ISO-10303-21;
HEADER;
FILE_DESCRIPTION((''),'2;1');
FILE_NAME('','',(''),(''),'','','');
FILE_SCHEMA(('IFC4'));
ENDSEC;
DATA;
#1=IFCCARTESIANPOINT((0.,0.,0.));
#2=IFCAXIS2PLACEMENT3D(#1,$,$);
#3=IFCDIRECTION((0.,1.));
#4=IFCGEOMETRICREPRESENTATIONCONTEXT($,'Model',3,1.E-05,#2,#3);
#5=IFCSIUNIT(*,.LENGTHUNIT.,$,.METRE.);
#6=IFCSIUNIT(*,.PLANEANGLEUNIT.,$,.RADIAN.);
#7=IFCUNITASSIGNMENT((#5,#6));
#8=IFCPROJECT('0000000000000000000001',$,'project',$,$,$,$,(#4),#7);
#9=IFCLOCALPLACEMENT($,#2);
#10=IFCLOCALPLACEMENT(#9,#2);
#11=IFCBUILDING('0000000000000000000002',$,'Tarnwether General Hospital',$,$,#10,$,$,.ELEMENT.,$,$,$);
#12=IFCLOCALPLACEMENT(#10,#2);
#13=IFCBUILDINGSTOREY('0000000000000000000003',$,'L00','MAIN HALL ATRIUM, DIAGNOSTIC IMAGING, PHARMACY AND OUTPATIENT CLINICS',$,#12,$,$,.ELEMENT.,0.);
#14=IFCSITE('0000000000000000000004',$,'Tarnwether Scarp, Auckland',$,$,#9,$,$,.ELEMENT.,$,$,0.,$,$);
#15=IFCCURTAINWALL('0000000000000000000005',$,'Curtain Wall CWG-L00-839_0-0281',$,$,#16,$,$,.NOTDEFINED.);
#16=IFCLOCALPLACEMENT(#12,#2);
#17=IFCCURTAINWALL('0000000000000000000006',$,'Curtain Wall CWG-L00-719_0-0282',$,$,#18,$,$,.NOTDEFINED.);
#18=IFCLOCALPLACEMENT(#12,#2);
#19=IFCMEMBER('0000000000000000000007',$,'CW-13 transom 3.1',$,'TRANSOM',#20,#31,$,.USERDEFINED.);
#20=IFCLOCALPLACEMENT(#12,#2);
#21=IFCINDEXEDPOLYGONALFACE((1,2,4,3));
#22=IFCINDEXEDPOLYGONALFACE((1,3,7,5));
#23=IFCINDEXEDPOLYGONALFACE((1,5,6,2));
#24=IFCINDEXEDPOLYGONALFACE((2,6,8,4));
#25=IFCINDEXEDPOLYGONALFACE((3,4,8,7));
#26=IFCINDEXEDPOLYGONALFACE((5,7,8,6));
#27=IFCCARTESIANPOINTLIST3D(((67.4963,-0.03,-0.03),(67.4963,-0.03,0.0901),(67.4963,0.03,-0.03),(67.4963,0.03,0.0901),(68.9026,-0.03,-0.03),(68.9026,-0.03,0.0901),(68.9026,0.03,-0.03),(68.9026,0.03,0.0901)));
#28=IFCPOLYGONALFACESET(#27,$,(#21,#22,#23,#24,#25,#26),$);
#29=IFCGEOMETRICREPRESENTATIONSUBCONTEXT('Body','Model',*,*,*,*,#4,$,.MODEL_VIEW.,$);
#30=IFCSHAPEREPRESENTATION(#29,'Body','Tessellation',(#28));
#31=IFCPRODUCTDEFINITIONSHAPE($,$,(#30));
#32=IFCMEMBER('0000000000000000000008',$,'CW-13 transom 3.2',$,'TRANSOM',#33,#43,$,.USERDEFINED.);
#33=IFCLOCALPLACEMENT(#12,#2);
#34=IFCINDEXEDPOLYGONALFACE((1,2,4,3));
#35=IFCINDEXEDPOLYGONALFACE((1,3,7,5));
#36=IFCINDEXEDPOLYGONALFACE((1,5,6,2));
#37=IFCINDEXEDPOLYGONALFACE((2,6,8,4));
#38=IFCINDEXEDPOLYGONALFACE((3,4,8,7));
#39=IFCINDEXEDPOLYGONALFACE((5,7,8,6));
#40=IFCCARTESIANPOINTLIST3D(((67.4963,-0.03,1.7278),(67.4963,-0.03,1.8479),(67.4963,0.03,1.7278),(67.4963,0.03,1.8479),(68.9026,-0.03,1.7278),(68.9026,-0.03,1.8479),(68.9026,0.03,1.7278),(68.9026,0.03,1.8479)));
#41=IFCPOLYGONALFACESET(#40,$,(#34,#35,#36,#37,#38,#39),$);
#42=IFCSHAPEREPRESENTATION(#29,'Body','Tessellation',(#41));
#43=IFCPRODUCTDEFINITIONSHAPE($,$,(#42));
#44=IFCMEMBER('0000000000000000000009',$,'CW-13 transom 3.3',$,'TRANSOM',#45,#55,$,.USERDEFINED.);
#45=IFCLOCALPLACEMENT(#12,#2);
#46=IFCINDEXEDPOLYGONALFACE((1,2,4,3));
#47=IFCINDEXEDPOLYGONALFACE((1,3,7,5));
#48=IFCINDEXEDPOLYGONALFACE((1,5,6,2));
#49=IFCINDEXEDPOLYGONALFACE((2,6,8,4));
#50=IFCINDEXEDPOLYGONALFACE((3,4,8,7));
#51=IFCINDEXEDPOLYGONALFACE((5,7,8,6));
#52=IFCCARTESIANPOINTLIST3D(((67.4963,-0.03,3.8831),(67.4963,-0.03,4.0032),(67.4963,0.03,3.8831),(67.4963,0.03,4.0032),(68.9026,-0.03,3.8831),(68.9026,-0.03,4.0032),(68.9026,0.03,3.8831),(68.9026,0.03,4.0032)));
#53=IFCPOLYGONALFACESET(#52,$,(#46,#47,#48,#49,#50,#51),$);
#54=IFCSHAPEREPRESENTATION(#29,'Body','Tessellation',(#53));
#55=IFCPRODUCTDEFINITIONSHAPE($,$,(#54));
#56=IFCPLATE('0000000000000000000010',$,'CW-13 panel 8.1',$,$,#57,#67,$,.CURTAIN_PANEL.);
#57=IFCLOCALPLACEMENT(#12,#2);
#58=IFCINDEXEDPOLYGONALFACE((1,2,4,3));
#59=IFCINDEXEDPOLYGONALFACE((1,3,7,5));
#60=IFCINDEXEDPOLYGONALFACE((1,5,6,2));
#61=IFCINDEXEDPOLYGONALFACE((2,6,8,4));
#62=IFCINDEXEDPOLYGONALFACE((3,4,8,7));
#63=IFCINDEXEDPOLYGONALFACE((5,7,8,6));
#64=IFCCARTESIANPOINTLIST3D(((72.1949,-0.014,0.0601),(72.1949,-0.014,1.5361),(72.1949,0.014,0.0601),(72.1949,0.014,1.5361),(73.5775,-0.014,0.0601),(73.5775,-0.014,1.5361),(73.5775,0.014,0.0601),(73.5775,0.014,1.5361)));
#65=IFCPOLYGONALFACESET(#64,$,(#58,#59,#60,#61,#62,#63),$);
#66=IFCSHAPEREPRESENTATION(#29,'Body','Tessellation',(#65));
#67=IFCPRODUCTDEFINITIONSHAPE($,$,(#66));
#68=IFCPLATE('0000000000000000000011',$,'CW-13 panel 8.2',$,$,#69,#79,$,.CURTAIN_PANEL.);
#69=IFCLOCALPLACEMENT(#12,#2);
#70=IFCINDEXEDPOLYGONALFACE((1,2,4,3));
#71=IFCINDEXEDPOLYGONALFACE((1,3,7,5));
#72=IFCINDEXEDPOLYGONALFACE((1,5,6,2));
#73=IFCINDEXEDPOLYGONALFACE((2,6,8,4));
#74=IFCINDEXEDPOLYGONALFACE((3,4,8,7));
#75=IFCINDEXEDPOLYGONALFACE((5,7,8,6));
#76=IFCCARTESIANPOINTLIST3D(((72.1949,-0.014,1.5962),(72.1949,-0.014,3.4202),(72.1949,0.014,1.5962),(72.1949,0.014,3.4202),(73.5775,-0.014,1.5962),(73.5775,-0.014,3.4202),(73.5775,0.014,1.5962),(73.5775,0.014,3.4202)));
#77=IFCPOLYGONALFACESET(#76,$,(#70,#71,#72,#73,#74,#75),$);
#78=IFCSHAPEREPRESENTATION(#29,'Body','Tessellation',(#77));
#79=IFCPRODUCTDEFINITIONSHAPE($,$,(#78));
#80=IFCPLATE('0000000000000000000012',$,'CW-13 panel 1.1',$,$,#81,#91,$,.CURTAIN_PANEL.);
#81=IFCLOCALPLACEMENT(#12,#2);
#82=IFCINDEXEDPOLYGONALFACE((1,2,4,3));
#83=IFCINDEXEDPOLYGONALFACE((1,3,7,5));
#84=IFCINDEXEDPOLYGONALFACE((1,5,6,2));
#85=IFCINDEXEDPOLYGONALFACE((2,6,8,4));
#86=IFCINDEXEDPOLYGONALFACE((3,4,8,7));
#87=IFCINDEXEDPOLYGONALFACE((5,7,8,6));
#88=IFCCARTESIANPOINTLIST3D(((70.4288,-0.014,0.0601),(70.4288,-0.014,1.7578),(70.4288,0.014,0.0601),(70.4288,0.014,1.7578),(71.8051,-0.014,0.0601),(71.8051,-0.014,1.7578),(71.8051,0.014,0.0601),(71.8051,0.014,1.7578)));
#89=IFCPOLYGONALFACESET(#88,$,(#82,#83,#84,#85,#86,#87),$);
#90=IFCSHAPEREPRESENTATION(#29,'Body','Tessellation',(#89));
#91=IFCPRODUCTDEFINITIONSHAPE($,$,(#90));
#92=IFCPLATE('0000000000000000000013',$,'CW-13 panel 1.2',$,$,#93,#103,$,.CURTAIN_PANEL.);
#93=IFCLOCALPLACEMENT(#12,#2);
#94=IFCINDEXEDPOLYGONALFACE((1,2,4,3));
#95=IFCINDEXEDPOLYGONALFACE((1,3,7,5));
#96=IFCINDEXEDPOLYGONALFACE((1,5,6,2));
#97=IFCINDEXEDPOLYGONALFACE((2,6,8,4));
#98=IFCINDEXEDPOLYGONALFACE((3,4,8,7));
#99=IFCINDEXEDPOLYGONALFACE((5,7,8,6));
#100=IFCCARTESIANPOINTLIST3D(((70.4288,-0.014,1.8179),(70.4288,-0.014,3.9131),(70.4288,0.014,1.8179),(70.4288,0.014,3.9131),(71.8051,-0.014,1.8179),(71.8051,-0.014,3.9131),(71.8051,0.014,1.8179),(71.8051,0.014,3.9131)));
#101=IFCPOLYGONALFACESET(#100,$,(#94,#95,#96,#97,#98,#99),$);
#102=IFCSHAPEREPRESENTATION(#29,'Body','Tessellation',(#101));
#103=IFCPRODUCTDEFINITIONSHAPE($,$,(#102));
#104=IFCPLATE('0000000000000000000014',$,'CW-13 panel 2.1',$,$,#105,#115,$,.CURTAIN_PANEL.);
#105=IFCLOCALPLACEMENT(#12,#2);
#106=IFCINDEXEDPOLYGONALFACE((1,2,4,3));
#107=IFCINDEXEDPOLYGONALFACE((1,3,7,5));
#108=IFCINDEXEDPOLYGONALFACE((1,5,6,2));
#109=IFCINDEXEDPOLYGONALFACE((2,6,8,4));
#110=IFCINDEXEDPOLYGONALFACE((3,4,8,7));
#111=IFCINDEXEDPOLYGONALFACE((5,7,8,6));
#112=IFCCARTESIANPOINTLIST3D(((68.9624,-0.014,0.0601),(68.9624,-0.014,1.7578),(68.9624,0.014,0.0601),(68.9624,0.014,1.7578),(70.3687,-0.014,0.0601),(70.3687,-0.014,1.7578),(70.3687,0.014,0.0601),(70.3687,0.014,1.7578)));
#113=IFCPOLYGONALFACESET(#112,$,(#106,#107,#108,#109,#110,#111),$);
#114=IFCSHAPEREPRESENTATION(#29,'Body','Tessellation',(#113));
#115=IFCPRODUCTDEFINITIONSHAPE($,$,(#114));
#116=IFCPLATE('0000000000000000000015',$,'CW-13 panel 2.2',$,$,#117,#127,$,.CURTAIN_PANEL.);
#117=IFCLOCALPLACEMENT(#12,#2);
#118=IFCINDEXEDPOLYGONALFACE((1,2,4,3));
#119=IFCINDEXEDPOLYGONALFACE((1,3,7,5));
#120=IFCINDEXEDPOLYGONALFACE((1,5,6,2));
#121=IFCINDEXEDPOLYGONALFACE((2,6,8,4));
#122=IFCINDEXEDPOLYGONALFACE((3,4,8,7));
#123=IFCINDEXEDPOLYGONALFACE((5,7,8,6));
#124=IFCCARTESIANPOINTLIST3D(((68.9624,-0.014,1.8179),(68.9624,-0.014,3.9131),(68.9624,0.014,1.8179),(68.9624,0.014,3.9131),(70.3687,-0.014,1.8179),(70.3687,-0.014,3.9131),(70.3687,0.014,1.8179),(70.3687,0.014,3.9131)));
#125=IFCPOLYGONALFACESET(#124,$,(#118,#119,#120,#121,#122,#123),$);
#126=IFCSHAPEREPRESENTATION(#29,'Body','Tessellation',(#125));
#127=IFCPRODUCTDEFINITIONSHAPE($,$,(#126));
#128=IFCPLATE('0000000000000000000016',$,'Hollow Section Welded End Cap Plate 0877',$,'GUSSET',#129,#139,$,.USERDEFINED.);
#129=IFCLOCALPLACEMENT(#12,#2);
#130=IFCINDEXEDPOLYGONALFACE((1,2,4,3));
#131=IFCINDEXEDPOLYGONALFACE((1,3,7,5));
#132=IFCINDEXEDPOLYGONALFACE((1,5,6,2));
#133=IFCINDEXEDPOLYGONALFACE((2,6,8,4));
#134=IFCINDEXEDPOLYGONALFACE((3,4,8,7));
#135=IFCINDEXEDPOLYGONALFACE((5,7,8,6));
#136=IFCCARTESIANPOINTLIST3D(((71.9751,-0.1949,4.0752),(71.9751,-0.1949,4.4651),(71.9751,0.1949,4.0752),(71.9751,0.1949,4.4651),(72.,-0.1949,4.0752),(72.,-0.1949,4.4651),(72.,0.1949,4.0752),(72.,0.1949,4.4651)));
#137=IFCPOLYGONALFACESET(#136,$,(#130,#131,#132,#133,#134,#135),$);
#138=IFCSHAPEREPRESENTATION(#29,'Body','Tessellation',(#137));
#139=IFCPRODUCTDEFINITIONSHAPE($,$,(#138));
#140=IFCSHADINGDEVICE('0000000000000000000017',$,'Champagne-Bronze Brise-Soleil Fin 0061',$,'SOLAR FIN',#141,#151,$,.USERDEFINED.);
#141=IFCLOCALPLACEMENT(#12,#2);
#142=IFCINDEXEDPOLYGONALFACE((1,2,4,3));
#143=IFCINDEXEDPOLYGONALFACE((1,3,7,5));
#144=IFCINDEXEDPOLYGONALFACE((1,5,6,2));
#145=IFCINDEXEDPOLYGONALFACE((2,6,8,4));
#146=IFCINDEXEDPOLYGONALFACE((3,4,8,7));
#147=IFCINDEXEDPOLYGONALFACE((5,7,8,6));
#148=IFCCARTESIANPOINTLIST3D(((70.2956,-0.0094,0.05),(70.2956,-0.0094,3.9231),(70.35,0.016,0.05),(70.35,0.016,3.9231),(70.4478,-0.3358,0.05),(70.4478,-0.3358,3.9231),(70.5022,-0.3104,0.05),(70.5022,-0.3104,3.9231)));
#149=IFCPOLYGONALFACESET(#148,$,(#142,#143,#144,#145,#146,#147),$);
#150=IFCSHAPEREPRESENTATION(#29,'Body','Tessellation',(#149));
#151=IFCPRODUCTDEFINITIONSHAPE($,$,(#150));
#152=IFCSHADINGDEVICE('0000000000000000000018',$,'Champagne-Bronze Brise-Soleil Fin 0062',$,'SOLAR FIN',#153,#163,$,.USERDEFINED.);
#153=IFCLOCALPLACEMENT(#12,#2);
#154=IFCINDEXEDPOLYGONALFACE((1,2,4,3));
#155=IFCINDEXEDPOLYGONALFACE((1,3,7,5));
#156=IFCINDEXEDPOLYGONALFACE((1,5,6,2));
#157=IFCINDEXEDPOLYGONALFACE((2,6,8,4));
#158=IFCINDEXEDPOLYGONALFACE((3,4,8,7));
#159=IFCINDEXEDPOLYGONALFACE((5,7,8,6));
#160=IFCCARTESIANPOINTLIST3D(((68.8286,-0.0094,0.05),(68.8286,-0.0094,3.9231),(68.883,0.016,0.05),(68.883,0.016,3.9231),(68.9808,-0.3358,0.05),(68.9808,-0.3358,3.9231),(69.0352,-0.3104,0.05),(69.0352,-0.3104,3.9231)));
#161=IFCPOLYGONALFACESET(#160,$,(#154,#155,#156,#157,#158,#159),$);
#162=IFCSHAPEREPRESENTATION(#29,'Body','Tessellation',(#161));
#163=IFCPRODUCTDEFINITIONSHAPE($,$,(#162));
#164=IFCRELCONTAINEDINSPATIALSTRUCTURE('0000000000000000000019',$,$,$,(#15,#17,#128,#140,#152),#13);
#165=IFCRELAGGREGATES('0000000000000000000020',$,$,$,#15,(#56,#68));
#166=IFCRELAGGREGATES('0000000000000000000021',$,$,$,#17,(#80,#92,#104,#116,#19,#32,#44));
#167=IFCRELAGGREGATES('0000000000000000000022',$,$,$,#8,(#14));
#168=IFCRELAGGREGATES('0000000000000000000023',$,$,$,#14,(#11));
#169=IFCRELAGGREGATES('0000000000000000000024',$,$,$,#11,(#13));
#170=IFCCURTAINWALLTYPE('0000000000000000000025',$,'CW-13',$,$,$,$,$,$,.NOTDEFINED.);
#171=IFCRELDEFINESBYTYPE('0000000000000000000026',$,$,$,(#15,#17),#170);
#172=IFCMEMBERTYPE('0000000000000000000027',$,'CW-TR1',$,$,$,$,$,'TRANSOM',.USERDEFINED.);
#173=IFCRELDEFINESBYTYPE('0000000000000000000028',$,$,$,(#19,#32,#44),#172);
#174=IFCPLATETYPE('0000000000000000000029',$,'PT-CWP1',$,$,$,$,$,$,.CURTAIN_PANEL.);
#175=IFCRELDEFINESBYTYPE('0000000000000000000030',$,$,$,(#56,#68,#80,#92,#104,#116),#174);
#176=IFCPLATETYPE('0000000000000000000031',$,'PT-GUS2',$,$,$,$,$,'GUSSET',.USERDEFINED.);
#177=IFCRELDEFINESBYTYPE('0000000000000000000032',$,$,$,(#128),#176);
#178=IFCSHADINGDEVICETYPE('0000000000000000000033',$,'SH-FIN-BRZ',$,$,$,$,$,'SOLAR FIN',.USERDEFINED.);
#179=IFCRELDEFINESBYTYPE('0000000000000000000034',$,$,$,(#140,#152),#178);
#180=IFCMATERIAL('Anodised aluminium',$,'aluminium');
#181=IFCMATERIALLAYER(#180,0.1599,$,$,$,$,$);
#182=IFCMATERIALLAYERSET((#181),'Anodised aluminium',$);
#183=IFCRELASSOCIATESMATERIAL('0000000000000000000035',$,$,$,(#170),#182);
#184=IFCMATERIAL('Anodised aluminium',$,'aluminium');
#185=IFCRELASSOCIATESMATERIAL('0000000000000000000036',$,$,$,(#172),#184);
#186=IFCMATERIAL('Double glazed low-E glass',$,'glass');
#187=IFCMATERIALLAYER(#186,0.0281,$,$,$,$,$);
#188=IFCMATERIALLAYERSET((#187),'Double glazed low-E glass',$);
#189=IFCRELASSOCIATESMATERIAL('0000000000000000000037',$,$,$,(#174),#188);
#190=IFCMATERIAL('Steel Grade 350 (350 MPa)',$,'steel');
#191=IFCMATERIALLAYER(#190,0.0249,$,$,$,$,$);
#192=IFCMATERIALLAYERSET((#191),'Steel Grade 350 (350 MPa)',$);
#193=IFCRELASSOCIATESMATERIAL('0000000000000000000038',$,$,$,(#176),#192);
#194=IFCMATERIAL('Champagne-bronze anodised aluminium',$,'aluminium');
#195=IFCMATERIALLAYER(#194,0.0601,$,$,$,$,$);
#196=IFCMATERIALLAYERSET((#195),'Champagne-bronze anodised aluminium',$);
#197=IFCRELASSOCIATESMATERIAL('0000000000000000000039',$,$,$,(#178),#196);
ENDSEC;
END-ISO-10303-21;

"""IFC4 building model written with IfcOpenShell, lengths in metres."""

from ifc_helpers import new_model, si_unit, direction, frame, origin, origin_2d, place, context, subcontext, project, spatial, rectangle, extrude, material, layer, layer_set, material_profile, profile_set, type_object, element, aggregate, save


model = new_model("IFC4")

# Units and contexts
model_context = context("Model", 3, precision=1e-05, world=origin(), true_north=direction((0.0, 1.0)))
body_context = subcontext(model_context, "Body", "Model", "MODEL_VIEW")
ifc_project = project(units=[si_unit("LENGTHUNIT", "METRE"), si_unit("PLANEANGLEUNIT", "RADIAN")], contexts=[model_context])

# Site, building, storey
site_placement = place(None, origin())
site = spatial("IfcSite", under=ifc_project, at=site_placement, Name="Tarnwether Scarp, Auckland", CompositionType="ELEMENT", RefElevation=0.0)
building_placement = place(site_placement, origin())
building = spatial("IfcBuilding", under=site, at=building_placement, Name="Tarnwether General Hospital", CompositionType="ELEMENT")
storey_placement = place(building_placement, origin())
storey = spatial("IfcBuildingStorey", under=building, at=storey_placement, Name="L00", Description="MAIN HALL ATRIUM, DIAGNOSTIC IMAGING, PHARMACY AND OUTPATIENT CLINICS", CompositionType="ELEMENT", Elevation=0.0)

# Curtain wall
ifc_material_1 = material(Name="Anodised aluminium", Category="aluminium")
ifc_layer_1 = layer(ifc_material_1, 0.1599)
ifc_layer_set_1 = layer_set([ifc_layer_1], Name="Anodised aluminium")
curtain_wall_type = type_object("IfcCurtainWallType", Name="CW-13", PredefinedType="NOTDEFINED", material=ifc_layer_set_1)
curtain_wall_1_placement = place(storey_placement, origin())
curtain_wall_1 = element("IfcCurtainWall", 1, at=curtain_wall_1_placement, inside=storey, type_object=curtain_wall_type, Name="Curtain Wall CWG-L00-839_0-0281", PredefinedType="NOTDEFINED")

# Curtain wall
curtain_wall_2_placement = place(storey_placement, origin())
curtain_wall_2 = element("IfcCurtainWall", 2, at=curtain_wall_2_placement, inside=storey, type_object=curtain_wall_type, Name="Curtain Wall CWG-L00-719_0-0282", PredefinedType="NOTDEFINED")

# Members
ifc_material_2 = material(Name="Anodised aluminium", Category="aluminium")
ifc_material_profile_1 = material_profile(ifc_material_2, rectangle(XDim=0.0601, YDim=0.1201, at=origin_2d()), Name="ALU-TRN-60x120")
ifc_profile_set_1 = profile_set([ifc_material_profile_1], Name="Anodised aluminium")
member_type_1 = type_object("IfcMemberType", Name="CW-TR1", ElementType="TRANSOM", PredefinedType="USERDEFINED", material=ifc_profile_set_1)
member_1_placement = place(storey_placement, frame((68.9026, 0.0, 0.03), z_axis=(-1.0, 0.0, 0.0), x_axis=(0.0, -1.0, 0.0)))
member_1 = element("IfcMember", 3, at=member_1_placement, type_object=member_type_1, Name="CW-13 transom 3.1", ObjectType="TRANSOM", PredefinedType="USERDEFINED", context=body_context, shape_type="SweptSolid", body=[
    extrude(rectangle(XDim=0.0601, YDim=0.1201, at=origin_2d()), origin(), (0.0, 0.0, 1.0), 1.4062),
])
member_2_placement = place(storey_placement, frame((68.9026, 0.0, 1.7878), z_axis=(-1.0, 0.0, 0.0), x_axis=(0.0, -1.0, 0.0)))
member_2 = element("IfcMember", 4, at=member_2_placement, type_object=member_type_1, Name="CW-13 transom 3.2", ObjectType="TRANSOM", PredefinedType="USERDEFINED", context=body_context, shape_type="SweptSolid", body=[
    extrude(rectangle(XDim=0.0601, YDim=0.1201, at=origin_2d()), origin(), (0.0, 0.0, 1.0), 1.4062),
])
member_3_placement = place(storey_placement, frame((68.9026, 0.0, 3.9431), z_axis=(-1.0, 0.0, 0.0), x_axis=(0.0, -1.0, 0.0)))
member_3 = element("IfcMember", 5, at=member_3_placement, type_object=member_type_1, Name="CW-13 transom 3.3", ObjectType="TRANSOM", PredefinedType="USERDEFINED", context=body_context, shape_type="SweptSolid", body=[
    extrude(rectangle(XDim=0.0601, YDim=0.1201, at=origin_2d()), origin(), (0.0, 0.0, 1.0), 1.4062),
])

# Plates
ifc_material_3 = material(Name="Double glazed low-E glass", Category="glass")
ifc_layer_2 = layer(ifc_material_3, 0.0281)
ifc_layer_set_2 = layer_set([ifc_layer_2], Name="Double glazed low-E glass")
plate_type_1 = type_object("IfcPlateType", Name="PT-CWP1", PredefinedType="CURTAIN_PANEL", material=ifc_layer_set_2)
plate_1_placement = place(storey_placement, frame((72.8862, 0.0, 0.0601), z_axis=(0.0, 0.0, 1.0), x_axis=(-1.0, 0.0, 0.0)))
plate_1 = element("IfcPlate", 6, at=plate_1_placement, type_object=plate_type_1, Name="CW-13 panel 8.1", PredefinedType="CURTAIN_PANEL", context=body_context, shape_type="SweptSolid", body=[
    extrude(rectangle(XDim=1.3826, YDim=0.0281, at=origin_2d()), origin(), (0.0, 0.0, 1.0), 1.4761),
])
plate_2_placement = place(storey_placement, frame((72.8862, 0.0, 1.5962), z_axis=(0.0, 0.0, 1.0), x_axis=(-1.0, 0.0, 0.0)))
plate_2 = element("IfcPlate", 7, at=plate_2_placement, type_object=plate_type_1, Name="CW-13 panel 8.2", PredefinedType="CURTAIN_PANEL", context=body_context, shape_type="SweptSolid", body=[
    extrude(rectangle(XDim=1.3826, YDim=0.0281, at=origin_2d()), origin(), (0.0, 0.0, 1.0), 1.824),
])
aggregate(curtain_wall_1, [plate_1, plate_2])
plate_3_placement = place(storey_placement, frame((71.1169, 0.0, 0.0601), z_axis=(0.0, 0.0, 1.0), x_axis=(-1.0, 0.0, 0.0)))
plate_3 = element("IfcPlate", 8, at=plate_3_placement, type_object=plate_type_1, Name="CW-13 panel 1.1", PredefinedType="CURTAIN_PANEL", context=body_context, shape_type="SweptSolid", body=[
    extrude(rectangle(XDim=1.3762, YDim=0.0281, at=origin_2d()), origin(), (0.0, 0.0, 1.0), 1.6978),
])
plate_4_placement = place(storey_placement, frame((71.1169, 0.0, 1.8179), z_axis=(0.0, 0.0, 1.0), x_axis=(-1.0, 0.0, 0.0)))
plate_4 = element("IfcPlate", 9, at=plate_4_placement, type_object=plate_type_1, Name="CW-13 panel 1.2", PredefinedType="CURTAIN_PANEL", context=body_context, shape_type="SweptSolid", body=[
    extrude(rectangle(XDim=1.3762, YDim=0.0281, at=origin_2d()), origin(), (0.0, 0.0, 1.0), 2.0952),
])
plate_5_placement = place(storey_placement, frame((69.6655, 0.0, 0.0601), z_axis=(0.0, 0.0, 1.0), x_axis=(-1.0, 0.0, 0.0)))
plate_5 = element("IfcPlate", 10, at=plate_5_placement, type_object=plate_type_1, Name="CW-13 panel 2.1", PredefinedType="CURTAIN_PANEL", context=body_context, shape_type="SweptSolid", body=[
    extrude(rectangle(XDim=1.4062, YDim=0.0281, at=origin_2d()), origin(), (0.0, 0.0, 1.0), 1.6978),
])
plate_6_placement = place(storey_placement, frame((69.6655, 0.0, 1.8179), z_axis=(0.0, 0.0, 1.0), x_axis=(-1.0, 0.0, 0.0)))
plate_6 = element("IfcPlate", 11, at=plate_6_placement, type_object=plate_type_1, Name="CW-13 panel 2.2", PredefinedType="CURTAIN_PANEL", context=body_context, shape_type="SweptSolid", body=[
    extrude(rectangle(XDim=1.4062, YDim=0.0281, at=origin_2d()), origin(), (0.0, 0.0, 1.0), 2.0952),
])
aggregate(curtain_wall_2, [plate_3, plate_4, plate_5, plate_6, member_1, member_2, member_3])
ifc_material_4 = material(Name="Steel Grade 350 (350 MPa)", Category="steel")
ifc_layer_3 = layer(ifc_material_4, 0.0249)
ifc_layer_set_3 = layer_set([ifc_layer_3], Name="Steel Grade 350 (350 MPa)")
plate_type_2 = type_object("IfcPlateType", Name="PT-GUS2", ElementType="GUSSET", PredefinedType="USERDEFINED", material=ifc_layer_set_3)
plate_7_placement = place(storey_placement, frame((71.9875, 0.0, 4.0752), z_axis=(0.0, 0.0, 1.0), x_axis=(1.0, 0.0, 0.0)))
element("IfcPlate", 12, at=plate_7_placement, inside=storey, type_object=plate_type_2, Name="Hollow Section Welded End Cap Plate 0877", ObjectType="GUSSET", PredefinedType="USERDEFINED", context=body_context, shape_type="SweptSolid", body=[
    extrude(rectangle(XDim=0.0249, YDim=0.3899, at=origin_2d()), origin(), (0.0, 0.0, 1.0), 0.3899),
])

# Shading devices
ifc_material_5 = material(Name="Champagne-bronze anodised aluminium", Category="aluminium")
ifc_layer_4 = layer(ifc_material_5, 0.0601)
ifc_layer_set_4 = layer_set([ifc_layer_4], Name="Champagne-bronze anodised aluminium")
shading_device_type = type_object("IfcShadingDeviceType", Name="SH-FIN-BRZ", ElementType="SOLAR FIN", PredefinedType="USERDEFINED", material=ifc_layer_set_4)
for number, where, z_axis, x_axis, name in (
    (13, (70.3989, -0.1599, 0.05), (0.0, 0.0, 1.0), (-0.906308, -0.422618, 0.0), "Champagne-Bronze Brise-Soleil Fin 0061"),
    (14, (68.9319, -0.1599, 0.05), (0.0, 0.0, 1.0), (-0.906308, -0.422618, 0.0), "Champagne-Bronze Brise-Soleil Fin 0062"),
):
    element("IfcShadingDevice", number, at=place(storey_placement, frame(where, z_axis=z_axis, x_axis=x_axis)), inside=storey, type_object=shading_device_type, Name=name, ObjectType="SOLAR FIN", PredefinedType="USERDEFINED", context=body_context, shape_type="SweptSolid", body=[
        extrude(rectangle(XDim=0.0601, YDim=0.3601, at=origin_2d()), origin(), (0.0, 0.0, 1.0), 3.873),
    ])

save(model, "model.ifc")
